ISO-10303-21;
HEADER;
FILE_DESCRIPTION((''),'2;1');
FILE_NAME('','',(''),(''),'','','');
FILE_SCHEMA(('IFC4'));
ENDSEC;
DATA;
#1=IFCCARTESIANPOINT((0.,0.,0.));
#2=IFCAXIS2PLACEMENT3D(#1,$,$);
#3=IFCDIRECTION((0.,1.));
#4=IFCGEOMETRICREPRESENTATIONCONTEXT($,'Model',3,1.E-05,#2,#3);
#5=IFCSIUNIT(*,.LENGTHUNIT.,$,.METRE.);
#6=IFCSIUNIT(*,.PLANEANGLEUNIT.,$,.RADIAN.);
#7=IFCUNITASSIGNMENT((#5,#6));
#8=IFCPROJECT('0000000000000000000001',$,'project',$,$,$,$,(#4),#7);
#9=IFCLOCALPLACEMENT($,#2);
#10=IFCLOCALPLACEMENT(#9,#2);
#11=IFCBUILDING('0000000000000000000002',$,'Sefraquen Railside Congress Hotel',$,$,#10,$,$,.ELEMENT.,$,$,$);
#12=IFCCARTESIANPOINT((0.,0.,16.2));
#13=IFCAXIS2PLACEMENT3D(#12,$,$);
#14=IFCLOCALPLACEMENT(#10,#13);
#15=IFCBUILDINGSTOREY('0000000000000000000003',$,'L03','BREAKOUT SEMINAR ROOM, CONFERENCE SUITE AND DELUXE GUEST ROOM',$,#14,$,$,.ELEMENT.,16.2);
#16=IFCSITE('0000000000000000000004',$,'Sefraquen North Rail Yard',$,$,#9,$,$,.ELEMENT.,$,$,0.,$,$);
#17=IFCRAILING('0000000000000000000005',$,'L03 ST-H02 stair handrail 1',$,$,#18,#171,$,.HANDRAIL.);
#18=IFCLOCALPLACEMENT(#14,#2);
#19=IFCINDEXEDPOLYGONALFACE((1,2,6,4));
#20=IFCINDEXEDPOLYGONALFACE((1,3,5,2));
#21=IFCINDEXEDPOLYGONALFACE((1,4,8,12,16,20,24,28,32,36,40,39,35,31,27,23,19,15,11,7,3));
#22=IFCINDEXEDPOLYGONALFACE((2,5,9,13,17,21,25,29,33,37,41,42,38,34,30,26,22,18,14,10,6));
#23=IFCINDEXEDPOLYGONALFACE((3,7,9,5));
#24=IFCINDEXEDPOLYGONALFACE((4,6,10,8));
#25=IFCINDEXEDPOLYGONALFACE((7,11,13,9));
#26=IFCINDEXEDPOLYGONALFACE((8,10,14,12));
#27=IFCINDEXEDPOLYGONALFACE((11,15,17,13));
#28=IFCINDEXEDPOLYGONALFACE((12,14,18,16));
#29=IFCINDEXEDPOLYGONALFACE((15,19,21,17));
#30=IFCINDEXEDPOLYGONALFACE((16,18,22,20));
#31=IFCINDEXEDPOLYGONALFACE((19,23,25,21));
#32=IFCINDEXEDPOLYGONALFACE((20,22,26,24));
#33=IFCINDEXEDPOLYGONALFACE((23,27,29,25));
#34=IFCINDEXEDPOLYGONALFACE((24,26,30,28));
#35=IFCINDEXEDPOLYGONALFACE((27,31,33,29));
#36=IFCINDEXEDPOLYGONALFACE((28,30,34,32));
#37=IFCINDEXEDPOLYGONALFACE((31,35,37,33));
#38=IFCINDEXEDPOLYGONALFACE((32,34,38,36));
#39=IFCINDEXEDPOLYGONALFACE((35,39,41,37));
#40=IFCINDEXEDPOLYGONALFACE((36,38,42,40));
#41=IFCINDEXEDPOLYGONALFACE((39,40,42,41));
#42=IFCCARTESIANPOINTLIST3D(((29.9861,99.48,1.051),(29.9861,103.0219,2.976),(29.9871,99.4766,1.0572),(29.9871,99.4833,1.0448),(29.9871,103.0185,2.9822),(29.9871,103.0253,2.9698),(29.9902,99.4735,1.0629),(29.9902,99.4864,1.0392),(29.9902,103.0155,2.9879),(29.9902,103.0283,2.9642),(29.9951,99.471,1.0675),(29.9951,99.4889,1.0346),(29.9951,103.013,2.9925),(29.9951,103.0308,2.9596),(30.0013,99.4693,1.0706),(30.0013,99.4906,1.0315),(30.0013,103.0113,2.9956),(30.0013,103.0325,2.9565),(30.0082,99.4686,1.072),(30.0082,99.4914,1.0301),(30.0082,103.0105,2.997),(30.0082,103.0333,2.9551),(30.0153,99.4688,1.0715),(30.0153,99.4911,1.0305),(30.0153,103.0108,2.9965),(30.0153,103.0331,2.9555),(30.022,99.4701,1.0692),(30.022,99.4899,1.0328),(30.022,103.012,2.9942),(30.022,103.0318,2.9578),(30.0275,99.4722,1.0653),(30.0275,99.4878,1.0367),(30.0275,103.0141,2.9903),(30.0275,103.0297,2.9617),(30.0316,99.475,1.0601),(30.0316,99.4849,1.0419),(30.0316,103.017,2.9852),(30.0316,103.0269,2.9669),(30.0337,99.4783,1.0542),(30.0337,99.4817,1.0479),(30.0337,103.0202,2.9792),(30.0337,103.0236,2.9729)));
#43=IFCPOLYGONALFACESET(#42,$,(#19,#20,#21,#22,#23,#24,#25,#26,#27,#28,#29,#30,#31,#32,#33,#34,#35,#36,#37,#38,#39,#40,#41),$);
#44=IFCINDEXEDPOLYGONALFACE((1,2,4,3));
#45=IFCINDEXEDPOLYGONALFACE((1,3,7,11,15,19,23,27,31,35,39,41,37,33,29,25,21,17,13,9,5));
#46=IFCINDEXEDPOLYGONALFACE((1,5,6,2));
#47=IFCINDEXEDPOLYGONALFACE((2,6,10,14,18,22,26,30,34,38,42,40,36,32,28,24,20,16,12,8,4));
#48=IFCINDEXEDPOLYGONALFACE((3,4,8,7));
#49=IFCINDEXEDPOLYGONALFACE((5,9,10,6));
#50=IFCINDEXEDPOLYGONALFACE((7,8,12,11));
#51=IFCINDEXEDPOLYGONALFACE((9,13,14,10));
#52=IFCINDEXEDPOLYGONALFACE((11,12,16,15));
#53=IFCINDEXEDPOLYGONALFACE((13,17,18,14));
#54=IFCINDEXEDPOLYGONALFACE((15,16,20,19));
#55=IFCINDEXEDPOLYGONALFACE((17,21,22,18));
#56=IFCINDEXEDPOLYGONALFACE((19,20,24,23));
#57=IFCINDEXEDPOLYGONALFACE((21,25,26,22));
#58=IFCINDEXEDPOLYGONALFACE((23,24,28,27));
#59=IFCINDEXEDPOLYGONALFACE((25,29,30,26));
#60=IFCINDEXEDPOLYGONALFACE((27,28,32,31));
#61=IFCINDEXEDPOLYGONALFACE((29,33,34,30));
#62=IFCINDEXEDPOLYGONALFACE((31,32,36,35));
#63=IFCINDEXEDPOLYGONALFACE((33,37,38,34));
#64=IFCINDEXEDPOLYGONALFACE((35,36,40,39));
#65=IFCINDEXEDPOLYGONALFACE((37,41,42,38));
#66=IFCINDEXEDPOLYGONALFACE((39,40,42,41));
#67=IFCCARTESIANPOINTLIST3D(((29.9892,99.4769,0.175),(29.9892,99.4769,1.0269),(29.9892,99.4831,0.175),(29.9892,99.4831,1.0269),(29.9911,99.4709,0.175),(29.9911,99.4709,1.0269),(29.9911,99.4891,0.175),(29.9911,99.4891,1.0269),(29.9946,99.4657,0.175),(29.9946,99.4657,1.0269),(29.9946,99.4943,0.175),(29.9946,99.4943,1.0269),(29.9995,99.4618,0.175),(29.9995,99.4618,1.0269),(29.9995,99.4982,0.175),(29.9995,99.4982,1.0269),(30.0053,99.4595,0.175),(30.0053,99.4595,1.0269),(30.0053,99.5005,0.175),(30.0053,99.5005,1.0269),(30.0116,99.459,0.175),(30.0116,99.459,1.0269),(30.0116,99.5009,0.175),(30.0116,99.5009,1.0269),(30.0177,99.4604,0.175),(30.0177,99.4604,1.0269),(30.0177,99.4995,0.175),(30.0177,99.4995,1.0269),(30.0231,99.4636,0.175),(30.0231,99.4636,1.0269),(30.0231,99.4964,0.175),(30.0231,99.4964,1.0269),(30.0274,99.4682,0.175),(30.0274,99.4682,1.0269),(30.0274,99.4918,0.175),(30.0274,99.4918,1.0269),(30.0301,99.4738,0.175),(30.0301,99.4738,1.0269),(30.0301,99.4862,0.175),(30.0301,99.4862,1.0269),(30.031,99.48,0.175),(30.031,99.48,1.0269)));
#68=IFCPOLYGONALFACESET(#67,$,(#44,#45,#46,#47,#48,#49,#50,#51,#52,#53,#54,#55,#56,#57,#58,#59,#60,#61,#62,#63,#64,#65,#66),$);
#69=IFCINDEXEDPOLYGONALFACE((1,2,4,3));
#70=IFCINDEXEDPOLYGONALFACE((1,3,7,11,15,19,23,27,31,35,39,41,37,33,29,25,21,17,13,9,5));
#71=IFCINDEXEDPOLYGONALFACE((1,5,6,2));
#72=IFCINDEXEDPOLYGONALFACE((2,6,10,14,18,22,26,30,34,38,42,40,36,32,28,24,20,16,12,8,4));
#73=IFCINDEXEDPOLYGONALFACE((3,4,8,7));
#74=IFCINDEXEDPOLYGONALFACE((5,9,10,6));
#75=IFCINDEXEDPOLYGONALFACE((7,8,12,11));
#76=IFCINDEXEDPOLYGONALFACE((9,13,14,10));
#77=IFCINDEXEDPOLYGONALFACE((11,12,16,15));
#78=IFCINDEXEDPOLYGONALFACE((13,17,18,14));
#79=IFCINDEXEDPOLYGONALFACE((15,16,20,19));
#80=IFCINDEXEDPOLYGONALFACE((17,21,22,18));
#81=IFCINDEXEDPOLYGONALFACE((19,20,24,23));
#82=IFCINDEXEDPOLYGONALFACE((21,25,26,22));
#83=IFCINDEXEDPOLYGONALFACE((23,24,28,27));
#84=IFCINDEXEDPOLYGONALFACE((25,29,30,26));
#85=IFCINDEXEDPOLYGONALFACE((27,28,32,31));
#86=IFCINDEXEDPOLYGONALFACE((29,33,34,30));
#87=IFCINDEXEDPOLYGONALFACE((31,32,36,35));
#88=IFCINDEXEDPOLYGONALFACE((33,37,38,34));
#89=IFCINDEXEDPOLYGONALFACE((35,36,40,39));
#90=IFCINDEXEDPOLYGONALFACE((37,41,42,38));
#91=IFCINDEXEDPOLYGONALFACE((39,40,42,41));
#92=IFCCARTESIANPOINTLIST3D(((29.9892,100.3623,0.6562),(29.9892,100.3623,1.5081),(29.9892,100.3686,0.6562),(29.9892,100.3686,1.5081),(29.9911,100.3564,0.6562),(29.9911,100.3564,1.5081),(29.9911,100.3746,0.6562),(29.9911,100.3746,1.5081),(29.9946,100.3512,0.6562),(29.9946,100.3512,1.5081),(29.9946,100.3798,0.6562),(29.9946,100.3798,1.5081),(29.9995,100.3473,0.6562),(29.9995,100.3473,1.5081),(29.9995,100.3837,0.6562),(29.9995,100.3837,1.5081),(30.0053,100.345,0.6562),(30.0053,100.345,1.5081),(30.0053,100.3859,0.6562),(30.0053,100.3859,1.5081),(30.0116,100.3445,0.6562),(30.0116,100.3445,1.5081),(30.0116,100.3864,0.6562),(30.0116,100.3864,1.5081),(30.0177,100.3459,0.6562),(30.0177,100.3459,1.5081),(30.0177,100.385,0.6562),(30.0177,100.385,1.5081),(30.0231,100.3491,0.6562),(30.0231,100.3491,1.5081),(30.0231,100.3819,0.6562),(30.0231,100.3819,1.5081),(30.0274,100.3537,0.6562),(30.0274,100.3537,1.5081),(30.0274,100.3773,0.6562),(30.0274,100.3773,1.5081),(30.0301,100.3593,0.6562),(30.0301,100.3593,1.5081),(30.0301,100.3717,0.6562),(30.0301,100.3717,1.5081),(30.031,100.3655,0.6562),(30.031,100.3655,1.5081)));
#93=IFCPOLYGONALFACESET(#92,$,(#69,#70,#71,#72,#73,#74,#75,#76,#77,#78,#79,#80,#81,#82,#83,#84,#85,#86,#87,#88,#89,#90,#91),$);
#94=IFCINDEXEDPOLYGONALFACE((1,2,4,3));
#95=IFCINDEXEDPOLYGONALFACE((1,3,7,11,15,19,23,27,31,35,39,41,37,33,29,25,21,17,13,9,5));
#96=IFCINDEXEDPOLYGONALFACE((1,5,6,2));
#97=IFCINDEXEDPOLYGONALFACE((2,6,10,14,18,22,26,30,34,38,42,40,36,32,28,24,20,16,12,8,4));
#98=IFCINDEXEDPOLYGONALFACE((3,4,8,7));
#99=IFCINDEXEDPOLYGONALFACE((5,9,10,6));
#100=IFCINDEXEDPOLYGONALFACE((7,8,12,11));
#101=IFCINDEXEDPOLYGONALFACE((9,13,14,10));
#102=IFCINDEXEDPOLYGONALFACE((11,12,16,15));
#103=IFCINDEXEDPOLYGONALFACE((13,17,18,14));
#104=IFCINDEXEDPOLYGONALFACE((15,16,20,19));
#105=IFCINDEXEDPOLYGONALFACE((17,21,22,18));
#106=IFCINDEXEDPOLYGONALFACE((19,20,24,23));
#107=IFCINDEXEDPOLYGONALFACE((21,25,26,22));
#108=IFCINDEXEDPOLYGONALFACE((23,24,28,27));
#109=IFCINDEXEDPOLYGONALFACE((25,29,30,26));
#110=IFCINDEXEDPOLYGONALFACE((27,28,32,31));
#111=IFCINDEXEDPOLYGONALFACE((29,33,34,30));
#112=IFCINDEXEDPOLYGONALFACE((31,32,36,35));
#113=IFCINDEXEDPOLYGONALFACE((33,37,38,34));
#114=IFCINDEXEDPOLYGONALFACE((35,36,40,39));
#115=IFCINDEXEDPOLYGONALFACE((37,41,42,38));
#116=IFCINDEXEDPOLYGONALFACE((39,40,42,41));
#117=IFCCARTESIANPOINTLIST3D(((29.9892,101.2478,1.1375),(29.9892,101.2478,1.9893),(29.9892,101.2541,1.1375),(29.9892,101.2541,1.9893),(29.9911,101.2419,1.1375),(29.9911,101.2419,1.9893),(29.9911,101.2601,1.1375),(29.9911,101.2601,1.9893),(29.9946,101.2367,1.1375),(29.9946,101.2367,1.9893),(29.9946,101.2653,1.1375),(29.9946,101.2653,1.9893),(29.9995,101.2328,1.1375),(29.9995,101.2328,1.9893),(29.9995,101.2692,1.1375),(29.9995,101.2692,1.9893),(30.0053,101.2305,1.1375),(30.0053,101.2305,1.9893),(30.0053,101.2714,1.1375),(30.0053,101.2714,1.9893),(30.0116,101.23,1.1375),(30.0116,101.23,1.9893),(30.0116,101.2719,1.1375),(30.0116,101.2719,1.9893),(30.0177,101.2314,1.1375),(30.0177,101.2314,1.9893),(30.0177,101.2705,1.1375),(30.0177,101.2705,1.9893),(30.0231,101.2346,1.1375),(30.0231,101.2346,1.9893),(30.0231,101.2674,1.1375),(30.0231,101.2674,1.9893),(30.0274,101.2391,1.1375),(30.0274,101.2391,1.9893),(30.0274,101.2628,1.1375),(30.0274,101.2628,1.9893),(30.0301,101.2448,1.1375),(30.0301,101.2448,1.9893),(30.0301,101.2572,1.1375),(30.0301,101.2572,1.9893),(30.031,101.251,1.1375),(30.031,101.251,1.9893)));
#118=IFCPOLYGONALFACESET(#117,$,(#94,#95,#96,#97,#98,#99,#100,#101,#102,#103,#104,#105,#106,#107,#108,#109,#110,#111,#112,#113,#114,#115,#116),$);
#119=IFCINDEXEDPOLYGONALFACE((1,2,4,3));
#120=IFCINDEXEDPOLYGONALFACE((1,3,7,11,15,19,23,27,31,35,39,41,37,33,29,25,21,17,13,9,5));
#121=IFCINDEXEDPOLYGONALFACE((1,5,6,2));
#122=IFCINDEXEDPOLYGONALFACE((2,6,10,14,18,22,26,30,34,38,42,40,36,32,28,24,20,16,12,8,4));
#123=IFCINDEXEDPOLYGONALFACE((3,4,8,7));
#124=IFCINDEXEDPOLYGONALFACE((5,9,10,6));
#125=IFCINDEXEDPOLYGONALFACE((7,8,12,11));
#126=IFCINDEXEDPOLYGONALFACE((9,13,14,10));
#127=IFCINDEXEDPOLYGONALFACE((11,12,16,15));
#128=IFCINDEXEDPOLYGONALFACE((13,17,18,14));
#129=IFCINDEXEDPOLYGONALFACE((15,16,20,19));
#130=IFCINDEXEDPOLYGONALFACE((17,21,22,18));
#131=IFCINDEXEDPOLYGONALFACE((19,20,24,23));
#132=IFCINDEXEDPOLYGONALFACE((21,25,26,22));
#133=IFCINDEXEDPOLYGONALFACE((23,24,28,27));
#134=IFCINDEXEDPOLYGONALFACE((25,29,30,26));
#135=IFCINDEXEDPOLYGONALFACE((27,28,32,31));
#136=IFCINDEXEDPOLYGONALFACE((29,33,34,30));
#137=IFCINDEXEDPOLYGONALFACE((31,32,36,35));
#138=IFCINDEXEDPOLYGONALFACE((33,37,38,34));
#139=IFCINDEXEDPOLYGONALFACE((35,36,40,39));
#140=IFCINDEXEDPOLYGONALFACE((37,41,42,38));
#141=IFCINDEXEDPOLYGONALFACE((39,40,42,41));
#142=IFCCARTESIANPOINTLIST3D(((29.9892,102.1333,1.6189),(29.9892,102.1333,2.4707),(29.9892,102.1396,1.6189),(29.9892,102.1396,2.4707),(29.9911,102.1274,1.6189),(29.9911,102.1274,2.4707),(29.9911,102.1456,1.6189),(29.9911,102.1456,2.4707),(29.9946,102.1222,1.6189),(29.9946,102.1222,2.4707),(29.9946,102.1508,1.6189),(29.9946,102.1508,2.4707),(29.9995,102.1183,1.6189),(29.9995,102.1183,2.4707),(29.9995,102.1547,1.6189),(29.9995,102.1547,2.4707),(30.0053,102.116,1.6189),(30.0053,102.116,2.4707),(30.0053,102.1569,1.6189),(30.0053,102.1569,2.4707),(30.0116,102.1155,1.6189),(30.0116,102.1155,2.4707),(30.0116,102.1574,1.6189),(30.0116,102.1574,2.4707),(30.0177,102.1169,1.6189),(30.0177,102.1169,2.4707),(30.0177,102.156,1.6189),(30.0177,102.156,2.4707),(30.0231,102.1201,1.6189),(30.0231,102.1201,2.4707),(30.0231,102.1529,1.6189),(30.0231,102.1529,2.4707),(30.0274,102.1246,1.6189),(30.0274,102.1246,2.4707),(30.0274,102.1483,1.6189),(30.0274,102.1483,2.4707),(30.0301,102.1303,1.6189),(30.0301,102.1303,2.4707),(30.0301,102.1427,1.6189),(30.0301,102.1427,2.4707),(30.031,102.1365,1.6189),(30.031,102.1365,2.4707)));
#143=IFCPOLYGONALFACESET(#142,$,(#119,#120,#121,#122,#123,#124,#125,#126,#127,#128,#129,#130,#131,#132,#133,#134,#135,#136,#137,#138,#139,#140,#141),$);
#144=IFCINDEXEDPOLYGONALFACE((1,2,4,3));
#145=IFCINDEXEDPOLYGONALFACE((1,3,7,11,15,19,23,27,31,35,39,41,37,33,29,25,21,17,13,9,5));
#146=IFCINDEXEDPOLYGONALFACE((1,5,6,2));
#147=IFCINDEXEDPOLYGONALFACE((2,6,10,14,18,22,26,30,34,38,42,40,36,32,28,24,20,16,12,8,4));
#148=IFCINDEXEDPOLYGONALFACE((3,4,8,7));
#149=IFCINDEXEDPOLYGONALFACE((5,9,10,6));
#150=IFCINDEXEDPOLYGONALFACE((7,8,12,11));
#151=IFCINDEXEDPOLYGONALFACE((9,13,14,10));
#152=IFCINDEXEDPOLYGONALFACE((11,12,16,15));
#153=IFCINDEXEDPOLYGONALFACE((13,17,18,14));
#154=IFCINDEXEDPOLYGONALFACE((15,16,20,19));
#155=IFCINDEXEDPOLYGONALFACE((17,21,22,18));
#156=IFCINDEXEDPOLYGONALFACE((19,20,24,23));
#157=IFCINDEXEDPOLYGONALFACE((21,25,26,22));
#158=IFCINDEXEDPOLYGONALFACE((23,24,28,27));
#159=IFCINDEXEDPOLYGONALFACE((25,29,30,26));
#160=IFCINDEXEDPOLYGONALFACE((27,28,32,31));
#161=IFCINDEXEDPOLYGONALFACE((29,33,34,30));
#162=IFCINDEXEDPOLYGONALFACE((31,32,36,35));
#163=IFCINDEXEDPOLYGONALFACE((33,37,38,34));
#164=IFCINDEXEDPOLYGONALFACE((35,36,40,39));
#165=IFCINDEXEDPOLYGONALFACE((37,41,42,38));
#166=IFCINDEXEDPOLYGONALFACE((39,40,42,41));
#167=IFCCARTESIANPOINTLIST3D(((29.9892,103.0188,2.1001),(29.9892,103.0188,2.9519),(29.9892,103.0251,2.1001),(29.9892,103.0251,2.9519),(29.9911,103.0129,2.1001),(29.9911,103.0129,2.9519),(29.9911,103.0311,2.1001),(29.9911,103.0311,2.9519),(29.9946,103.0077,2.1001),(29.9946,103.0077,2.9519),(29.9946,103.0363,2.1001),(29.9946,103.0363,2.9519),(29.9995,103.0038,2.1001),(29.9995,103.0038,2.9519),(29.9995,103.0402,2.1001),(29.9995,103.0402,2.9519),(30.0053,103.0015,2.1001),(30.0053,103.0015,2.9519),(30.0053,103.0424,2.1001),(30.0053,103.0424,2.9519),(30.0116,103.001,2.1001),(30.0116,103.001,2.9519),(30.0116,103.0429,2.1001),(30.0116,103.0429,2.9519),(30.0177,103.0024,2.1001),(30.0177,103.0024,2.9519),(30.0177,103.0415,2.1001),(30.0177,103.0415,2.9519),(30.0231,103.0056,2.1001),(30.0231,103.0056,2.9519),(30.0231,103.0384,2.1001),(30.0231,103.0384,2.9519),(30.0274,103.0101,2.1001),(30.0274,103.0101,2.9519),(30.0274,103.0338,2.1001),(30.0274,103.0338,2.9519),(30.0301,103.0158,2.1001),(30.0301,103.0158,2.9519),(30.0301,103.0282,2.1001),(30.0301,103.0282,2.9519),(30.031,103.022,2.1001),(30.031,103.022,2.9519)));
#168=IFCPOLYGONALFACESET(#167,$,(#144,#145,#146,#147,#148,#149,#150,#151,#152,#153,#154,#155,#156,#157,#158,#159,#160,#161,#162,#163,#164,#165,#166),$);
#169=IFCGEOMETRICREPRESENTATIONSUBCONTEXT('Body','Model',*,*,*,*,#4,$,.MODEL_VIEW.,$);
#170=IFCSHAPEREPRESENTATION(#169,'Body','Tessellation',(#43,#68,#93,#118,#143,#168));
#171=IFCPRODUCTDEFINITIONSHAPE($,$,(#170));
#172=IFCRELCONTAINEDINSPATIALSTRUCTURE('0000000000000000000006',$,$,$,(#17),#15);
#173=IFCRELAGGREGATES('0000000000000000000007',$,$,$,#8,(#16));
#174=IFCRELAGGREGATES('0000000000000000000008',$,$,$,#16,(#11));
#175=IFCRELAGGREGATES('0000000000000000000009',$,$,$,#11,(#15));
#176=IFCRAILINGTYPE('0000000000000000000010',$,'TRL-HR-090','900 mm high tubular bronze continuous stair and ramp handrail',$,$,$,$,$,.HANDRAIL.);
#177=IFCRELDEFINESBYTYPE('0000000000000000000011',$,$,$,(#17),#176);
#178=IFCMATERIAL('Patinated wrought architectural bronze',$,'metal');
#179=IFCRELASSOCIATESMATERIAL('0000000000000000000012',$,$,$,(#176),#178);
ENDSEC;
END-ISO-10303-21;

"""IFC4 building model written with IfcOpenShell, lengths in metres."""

from ifc_helpers import new_model, si_unit, direction, frame, origin, origin_2d, place, context, subcontext, project, spatial, circle, extrude, material, type_object, element, save


model = new_model("IFC4")

# Units and contexts
model_context = context("Model", 3, precision=1e-05, world=origin(), true_north=direction((0.0, 1.0)))
body_context = subcontext(model_context, "Body", "Model", "MODEL_VIEW")
ifc_project = project(units=[si_unit("LENGTHUNIT", "METRE"), si_unit("PLANEANGLEUNIT", "RADIAN")], contexts=[model_context])

# Site, building, storey
site_placement = place(None, origin())
site = spatial("IfcSite", under=ifc_project, at=site_placement, Name="Sefraquen North Rail Yard", CompositionType="ELEMENT", RefElevation=0.0)
building_placement = place(site_placement, origin())
building = spatial("IfcBuilding", under=site, at=building_placement, Name="Sefraquen Railside Congress Hotel", CompositionType="ELEMENT")
storey_placement = place(building_placement, frame((0.0, 0.0, 16.2)))
storey = spatial("IfcBuildingStorey", under=building, at=storey_placement, Name="L03", Description="BREAKOUT SEMINAR ROOM, CONFERENCE SUITE AND DELUXE GUEST ROOM", CompositionType="ELEMENT", Elevation=16.2)

# Railing
ifc_material_1 = material(Name="Patinated wrought architectural bronze", Category="metal")
railing_type_1 = type_object("IfcRailingType", Name="TRL-HR-090", Description="900 mm high tubular bronze continuous stair and ramp handrail", PredefinedType="HANDRAIL", material=ifc_material_1)
railing_1_placement = place(storey_placement, frame((30.01, 99.48, 0.175)))
element("IfcRailing", 1, at=railing_1_placement, inside=storey, type_object=railing_type_1, Name="L03 ST-H02 stair handrail 1", PredefinedType="HANDRAIL", context=body_context, shape_type="SweptSolid", body=[
    extrude(circle(Radius=0.0239, at=origin_2d()), frame((0.0, 0.0, 0.876), z_axis=(0.0, 0.878619, 0.477523), x_axis=(-1.0, 0.0, 0.0)), (0.0, 0.0, 1.0), 4.0312),
    extrude(circle(Radius=0.021, at=origin_2d()), origin(), (0.0, 0.0, 1.0), 0.8518),
    extrude(circle(Radius=0.021, at=origin_2d()), frame((0.0, 0.8855, 0.4812)), (0.0, 0.0, 1.0), 0.8518),
    extrude(circle(Radius=0.021, at=origin_2d()), frame((0.0, 1.771, 0.9624)), (0.0, 0.0, 1.0), 0.8518),
    extrude(circle(Radius=0.021, at=origin_2d()), frame((0.0, 2.6565, 1.4438)), (0.0, 0.0, 1.0), 0.8518),
    extrude(circle(Radius=0.021, at=origin_2d()), frame((0.0, 3.542, 1.925)), (0.0, 0.0, 1.0), 0.8518),
])

save(model, "model.ifc")
